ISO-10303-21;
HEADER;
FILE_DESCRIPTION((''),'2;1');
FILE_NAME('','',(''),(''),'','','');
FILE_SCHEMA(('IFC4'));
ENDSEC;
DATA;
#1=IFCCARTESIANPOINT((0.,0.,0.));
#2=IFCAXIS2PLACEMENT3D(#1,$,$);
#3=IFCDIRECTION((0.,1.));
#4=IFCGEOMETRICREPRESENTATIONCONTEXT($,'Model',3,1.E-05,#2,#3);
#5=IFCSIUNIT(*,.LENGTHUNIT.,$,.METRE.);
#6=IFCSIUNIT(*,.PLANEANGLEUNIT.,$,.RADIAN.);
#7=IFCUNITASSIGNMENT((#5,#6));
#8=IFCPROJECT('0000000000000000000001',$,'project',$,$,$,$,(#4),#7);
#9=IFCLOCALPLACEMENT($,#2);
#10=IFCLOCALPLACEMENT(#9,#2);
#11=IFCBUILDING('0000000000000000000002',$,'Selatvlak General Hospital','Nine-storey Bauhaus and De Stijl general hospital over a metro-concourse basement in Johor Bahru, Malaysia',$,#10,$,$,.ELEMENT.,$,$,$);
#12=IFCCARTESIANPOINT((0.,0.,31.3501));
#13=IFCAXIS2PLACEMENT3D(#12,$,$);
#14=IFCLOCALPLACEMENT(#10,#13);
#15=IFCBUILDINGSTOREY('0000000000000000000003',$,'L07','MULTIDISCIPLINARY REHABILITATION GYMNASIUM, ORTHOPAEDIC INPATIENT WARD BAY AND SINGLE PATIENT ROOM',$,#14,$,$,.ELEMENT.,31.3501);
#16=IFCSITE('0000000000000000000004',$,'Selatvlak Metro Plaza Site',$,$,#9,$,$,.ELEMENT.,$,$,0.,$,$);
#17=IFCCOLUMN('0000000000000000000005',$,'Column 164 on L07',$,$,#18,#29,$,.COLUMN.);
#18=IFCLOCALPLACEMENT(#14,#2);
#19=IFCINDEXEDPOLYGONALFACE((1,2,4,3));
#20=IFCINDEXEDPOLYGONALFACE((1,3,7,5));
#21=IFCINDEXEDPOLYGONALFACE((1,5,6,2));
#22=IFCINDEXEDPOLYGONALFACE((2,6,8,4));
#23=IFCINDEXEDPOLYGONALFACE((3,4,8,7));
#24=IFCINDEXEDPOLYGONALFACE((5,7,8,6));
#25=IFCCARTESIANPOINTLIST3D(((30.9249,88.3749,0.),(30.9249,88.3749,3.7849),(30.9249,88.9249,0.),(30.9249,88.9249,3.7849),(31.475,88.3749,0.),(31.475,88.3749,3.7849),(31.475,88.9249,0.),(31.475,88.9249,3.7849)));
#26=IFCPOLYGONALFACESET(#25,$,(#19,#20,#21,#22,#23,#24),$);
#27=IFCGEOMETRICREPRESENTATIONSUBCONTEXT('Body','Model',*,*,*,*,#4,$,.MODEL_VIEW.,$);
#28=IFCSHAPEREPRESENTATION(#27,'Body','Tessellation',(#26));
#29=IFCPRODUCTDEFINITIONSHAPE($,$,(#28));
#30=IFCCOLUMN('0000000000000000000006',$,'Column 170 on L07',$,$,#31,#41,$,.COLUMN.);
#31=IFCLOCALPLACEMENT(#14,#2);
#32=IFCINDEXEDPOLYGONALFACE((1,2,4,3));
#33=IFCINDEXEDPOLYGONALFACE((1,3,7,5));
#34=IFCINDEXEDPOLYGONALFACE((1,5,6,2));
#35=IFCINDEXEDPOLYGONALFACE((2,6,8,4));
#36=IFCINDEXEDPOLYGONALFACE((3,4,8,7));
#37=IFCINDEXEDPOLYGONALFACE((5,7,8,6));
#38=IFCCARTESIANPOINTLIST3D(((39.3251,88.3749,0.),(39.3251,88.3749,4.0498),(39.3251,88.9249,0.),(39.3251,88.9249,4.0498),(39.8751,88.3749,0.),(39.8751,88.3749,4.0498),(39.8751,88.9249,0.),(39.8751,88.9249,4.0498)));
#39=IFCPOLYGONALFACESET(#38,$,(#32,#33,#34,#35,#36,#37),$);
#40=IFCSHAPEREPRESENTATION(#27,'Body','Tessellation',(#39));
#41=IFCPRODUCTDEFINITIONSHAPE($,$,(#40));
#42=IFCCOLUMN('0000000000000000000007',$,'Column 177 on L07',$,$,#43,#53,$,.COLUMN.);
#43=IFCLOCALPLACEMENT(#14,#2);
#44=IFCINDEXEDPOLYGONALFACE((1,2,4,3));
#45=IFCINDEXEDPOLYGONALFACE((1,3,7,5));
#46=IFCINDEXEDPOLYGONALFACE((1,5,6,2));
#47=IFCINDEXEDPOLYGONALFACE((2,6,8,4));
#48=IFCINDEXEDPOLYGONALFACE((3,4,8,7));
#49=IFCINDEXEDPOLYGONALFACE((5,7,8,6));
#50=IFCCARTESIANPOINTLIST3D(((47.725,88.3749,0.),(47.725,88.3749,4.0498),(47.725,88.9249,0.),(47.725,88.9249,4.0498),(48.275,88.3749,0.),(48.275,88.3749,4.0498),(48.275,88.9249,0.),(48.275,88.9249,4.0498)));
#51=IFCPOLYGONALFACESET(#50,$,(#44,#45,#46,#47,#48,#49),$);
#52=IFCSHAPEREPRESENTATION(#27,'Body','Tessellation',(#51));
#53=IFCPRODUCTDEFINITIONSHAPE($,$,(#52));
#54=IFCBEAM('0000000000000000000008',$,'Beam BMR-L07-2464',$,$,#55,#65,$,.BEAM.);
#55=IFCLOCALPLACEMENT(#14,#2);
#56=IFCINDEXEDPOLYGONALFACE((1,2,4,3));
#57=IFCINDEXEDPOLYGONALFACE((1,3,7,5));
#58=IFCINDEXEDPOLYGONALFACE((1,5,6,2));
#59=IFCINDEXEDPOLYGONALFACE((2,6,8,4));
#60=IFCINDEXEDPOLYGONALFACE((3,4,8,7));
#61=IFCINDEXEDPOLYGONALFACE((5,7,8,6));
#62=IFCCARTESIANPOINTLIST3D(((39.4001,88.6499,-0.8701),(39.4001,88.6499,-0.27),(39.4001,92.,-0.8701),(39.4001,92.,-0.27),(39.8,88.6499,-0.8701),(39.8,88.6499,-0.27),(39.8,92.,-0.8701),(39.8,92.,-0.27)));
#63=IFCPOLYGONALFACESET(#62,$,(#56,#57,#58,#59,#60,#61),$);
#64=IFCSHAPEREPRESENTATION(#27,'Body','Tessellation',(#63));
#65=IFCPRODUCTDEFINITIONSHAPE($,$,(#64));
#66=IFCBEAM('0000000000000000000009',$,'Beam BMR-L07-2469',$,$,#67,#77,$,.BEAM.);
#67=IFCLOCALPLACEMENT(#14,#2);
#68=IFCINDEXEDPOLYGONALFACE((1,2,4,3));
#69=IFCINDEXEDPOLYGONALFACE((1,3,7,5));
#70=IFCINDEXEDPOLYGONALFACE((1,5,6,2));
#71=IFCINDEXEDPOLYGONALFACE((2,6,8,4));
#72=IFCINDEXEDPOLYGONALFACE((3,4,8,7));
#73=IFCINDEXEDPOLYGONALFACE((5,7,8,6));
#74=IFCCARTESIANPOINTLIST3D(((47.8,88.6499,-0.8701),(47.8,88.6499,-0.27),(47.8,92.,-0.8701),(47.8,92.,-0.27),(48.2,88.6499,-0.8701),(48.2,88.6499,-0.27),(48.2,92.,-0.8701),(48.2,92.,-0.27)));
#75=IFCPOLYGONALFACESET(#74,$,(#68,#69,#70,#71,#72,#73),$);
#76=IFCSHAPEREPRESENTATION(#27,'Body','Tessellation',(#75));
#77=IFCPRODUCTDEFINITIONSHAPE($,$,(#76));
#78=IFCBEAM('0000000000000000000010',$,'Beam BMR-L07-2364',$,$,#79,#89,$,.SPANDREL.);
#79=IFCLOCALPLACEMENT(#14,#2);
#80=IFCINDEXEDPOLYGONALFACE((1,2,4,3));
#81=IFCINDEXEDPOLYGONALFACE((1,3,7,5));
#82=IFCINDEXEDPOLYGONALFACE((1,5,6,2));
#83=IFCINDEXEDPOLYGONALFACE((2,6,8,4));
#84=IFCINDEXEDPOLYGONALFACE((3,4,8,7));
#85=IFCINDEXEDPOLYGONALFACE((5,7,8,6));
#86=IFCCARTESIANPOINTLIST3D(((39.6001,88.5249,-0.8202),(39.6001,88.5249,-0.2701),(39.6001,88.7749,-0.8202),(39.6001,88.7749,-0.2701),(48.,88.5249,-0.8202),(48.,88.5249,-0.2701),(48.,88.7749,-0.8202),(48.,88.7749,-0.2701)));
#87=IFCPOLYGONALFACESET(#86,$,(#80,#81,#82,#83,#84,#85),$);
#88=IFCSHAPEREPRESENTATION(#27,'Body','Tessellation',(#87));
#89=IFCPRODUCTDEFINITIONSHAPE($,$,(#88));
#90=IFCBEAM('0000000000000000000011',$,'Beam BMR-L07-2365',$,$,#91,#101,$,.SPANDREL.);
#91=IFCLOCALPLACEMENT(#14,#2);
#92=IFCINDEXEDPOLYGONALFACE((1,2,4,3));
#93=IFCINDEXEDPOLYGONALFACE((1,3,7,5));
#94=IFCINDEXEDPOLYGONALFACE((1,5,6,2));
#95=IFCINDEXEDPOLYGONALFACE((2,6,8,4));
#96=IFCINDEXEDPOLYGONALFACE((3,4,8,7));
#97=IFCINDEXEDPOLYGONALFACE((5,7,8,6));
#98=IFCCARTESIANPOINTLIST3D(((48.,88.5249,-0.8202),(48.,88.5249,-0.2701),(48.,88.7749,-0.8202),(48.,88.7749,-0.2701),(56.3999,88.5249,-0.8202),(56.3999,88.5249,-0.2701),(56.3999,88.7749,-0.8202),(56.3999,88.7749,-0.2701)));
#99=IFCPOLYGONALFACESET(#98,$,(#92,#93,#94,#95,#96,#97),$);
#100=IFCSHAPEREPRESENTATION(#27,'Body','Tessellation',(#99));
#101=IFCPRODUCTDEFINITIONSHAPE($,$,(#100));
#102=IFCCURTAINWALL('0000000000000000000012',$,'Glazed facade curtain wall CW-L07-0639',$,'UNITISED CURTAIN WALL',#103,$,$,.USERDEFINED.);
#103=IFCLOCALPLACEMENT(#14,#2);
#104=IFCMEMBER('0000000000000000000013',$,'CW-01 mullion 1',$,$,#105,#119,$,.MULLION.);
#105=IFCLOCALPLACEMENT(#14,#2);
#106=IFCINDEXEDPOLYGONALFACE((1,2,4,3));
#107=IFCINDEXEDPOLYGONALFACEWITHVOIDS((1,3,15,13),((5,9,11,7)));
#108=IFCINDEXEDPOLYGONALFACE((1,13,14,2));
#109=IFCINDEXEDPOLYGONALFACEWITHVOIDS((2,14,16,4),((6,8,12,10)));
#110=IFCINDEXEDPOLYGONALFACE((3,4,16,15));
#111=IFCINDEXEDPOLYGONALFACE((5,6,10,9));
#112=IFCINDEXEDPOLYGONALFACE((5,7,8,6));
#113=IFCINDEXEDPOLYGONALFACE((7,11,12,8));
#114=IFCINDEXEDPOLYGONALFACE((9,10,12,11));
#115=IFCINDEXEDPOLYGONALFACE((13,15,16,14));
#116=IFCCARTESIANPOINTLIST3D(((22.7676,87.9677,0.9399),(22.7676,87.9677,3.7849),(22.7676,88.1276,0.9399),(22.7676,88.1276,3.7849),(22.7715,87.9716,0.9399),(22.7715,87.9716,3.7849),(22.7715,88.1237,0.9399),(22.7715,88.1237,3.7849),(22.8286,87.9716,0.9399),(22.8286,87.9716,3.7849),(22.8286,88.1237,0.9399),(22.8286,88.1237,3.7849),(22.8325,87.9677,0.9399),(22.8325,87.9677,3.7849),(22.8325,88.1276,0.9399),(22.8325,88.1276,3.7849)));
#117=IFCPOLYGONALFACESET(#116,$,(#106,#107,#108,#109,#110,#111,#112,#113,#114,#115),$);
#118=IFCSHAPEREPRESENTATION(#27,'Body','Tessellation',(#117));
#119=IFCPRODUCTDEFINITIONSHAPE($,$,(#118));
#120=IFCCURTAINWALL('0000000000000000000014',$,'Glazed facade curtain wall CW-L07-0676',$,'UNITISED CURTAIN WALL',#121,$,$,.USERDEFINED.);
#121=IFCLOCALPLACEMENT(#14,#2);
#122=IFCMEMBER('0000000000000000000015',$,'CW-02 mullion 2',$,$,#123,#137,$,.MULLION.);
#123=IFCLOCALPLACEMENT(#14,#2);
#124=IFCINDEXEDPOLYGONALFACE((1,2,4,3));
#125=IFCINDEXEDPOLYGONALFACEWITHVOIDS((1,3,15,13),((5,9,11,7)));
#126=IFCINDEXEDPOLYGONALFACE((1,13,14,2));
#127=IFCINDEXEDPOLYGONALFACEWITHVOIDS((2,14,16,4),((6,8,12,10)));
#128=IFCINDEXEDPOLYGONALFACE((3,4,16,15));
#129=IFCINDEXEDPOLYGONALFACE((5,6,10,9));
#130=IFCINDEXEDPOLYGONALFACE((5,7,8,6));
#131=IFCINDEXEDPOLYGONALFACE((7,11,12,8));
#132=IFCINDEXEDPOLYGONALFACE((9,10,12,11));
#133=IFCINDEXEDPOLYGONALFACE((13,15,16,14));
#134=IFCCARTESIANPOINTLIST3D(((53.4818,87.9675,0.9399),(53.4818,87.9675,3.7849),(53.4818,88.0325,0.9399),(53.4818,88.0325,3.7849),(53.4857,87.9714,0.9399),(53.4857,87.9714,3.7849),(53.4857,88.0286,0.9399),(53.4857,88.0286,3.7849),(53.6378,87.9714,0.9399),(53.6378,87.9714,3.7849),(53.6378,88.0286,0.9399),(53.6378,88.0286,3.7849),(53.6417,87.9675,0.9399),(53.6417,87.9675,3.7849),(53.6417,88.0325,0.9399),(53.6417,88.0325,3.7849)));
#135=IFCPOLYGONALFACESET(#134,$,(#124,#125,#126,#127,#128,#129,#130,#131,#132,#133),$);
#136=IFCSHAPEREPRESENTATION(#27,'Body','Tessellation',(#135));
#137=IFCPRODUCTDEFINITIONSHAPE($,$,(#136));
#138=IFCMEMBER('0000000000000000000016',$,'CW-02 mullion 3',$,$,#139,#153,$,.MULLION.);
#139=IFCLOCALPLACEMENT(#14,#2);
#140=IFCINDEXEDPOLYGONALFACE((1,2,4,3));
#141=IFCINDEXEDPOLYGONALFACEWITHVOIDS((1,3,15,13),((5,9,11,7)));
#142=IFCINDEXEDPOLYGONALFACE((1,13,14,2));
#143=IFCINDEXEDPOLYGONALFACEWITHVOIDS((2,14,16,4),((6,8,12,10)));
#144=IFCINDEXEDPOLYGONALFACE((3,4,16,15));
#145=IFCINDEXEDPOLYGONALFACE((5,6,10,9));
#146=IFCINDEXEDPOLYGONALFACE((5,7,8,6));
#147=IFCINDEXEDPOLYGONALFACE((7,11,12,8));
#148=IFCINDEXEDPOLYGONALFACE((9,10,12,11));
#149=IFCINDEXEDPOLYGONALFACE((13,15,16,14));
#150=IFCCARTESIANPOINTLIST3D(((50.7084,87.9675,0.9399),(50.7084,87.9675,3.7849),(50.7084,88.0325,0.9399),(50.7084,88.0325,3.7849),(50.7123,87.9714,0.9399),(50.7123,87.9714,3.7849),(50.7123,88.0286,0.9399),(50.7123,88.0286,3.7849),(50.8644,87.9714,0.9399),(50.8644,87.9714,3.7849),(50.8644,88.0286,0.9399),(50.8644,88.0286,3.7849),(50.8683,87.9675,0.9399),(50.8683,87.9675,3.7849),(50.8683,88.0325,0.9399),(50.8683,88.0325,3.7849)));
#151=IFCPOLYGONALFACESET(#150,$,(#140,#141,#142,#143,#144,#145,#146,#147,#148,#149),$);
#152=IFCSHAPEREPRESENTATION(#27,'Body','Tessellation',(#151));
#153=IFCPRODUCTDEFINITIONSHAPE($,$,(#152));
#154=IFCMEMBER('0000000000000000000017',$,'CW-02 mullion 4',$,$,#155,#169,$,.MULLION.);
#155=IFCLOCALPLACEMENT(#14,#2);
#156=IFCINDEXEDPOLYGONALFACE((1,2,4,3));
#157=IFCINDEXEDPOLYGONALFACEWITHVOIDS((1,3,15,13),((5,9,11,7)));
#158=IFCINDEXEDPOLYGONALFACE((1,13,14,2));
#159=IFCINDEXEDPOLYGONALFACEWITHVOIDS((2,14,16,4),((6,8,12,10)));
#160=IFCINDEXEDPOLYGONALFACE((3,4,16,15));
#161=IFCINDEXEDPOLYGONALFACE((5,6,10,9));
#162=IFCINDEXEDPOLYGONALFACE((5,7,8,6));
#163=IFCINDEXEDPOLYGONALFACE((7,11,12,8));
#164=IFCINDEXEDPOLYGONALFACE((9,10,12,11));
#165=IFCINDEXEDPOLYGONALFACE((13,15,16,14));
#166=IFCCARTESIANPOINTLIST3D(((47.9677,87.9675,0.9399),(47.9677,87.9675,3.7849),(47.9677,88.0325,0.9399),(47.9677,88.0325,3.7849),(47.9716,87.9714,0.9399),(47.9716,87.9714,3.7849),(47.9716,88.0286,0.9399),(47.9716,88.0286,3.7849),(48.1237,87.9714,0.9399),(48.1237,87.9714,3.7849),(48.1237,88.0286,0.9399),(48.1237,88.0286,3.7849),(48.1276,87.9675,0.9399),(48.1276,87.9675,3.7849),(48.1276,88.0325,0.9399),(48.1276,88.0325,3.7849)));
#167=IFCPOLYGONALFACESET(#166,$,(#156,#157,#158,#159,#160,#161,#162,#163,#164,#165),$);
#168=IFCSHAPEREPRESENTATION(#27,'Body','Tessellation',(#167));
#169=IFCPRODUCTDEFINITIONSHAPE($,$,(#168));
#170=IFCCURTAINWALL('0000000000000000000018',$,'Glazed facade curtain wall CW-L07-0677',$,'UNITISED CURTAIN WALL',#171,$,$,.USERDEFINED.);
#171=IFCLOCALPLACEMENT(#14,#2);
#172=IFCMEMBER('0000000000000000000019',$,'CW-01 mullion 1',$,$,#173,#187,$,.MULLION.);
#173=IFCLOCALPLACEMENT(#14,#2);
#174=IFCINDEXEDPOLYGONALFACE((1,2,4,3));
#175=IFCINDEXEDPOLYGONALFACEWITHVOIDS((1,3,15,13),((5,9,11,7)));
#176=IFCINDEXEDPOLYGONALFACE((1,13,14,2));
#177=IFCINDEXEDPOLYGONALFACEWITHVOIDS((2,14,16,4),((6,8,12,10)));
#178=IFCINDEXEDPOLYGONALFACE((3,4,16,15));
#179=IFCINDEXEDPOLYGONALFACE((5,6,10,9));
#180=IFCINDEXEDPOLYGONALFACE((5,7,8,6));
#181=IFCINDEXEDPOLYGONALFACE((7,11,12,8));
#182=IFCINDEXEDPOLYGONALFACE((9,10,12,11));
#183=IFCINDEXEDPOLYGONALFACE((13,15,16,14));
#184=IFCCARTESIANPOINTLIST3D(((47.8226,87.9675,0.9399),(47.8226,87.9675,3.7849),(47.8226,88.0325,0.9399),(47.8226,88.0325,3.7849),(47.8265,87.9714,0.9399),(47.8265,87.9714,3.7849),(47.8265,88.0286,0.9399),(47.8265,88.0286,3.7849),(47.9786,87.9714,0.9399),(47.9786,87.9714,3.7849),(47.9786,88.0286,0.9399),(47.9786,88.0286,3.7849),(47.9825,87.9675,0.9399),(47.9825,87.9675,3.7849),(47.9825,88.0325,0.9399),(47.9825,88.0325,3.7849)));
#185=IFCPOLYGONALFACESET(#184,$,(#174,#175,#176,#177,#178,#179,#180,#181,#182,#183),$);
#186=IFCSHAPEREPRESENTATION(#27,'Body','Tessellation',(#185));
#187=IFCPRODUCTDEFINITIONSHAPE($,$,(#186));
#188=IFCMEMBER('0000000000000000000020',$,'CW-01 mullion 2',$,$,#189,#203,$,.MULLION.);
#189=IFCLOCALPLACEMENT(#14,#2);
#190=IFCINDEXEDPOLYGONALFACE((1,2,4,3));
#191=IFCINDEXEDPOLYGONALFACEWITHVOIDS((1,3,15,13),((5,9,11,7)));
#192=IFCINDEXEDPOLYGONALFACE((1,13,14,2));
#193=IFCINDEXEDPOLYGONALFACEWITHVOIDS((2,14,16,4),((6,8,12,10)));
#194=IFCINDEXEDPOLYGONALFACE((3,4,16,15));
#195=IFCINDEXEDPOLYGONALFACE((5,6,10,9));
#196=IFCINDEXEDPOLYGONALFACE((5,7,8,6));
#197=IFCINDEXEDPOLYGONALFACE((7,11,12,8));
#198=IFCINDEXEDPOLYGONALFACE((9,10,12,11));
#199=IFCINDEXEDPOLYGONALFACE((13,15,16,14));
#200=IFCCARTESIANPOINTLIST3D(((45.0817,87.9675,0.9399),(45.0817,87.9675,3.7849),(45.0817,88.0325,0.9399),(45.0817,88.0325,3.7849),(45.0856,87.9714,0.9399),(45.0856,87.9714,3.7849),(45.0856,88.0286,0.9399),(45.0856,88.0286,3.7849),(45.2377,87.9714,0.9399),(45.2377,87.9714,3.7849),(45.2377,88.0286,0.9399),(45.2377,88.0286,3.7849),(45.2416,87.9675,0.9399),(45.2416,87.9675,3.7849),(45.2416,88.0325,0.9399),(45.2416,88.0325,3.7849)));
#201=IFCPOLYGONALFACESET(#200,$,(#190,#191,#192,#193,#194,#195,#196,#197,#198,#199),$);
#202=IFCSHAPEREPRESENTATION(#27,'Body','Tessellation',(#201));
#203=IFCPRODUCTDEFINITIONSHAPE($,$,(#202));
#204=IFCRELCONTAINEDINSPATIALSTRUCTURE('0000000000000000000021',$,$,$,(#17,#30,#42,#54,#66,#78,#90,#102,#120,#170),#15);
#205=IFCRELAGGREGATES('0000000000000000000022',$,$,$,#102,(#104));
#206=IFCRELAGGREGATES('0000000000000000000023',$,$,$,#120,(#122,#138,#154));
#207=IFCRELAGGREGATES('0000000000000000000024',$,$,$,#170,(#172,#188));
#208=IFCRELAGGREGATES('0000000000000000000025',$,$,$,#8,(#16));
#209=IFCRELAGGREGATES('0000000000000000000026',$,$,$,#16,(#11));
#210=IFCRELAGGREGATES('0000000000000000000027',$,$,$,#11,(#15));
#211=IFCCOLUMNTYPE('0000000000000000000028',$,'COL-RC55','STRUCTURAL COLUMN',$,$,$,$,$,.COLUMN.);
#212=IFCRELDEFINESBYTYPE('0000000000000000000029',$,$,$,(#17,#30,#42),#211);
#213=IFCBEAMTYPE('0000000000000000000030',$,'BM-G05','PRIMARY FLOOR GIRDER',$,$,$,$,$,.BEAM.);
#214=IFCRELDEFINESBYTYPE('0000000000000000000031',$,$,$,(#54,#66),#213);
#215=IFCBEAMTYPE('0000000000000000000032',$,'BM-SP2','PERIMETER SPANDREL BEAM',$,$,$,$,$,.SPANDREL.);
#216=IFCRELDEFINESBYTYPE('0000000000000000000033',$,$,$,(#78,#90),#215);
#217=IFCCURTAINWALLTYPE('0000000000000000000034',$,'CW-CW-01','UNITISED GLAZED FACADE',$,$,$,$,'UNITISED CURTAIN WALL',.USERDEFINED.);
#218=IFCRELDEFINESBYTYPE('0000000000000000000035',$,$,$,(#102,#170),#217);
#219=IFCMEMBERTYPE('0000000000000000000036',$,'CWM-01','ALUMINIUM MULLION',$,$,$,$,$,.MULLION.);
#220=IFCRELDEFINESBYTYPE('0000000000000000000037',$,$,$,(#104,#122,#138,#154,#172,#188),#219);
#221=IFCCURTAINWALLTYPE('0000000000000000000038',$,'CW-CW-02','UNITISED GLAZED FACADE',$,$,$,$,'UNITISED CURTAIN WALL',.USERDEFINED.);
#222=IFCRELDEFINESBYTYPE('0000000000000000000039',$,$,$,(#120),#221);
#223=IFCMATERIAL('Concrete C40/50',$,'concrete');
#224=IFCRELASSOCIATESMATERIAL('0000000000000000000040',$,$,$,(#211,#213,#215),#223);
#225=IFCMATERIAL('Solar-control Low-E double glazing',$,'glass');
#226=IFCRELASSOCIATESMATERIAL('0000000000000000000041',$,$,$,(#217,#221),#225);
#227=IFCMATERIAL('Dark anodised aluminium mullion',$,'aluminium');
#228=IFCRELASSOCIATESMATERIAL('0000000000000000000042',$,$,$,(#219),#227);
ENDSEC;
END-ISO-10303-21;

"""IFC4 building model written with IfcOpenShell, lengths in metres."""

from ifc_helpers import new_model, si_unit, direction, frame, origin, origin_2d, place, context, subcontext, project, spatial, rectangle, hollow_rectangle, extrude, material, material_profile, profile_set, type_object, element, aggregate, save


model = new_model("IFC4")

# Units and contexts
model_context = context("Model", 3, precision=1e-05, world=origin(), true_north=direction((0.0, 1.0)))
body_context = subcontext(model_context, "Body", "Model", "MODEL_VIEW")
ifc_project = project(units=[si_unit("LENGTHUNIT", "METRE"), si_unit("PLANEANGLEUNIT", "RADIAN")], contexts=[model_context])

# Site, building, storey
site_placement = place(None, origin())
site = spatial("IfcSite", under=ifc_project, at=site_placement, Name="Selatvlak Metro Plaza Site", CompositionType="ELEMENT", RefElevation=0.0)
building_placement = place(site_placement, origin())
building = spatial("IfcBuilding", under=site, at=building_placement, Name="Selatvlak General Hospital", Description="Nine-storey Bauhaus and De Stijl general hospital over a metro-concourse basement in Johor Bahru, Malaysia", CompositionType="ELEMENT")
storey_placement = place(building_placement, frame((0.0, 0.0, 31.3501)))
storey = spatial("IfcBuildingStorey", under=building, at=storey_placement, Name="L07", Description="MULTIDISCIPLINARY REHABILITATION GYMNASIUM, ORTHOPAEDIC INPATIENT WARD BAY AND SINGLE PATIENT ROOM", CompositionType="ELEMENT", Elevation=31.3501)

# Columns
ifc_material_1 = material(Name="Concrete C40/50", Category="concrete")
ifc_material_profile_1 = material_profile(ifc_material_1, rectangle(XDim=0.55, YDim=0.55, at=origin_2d()), Name="RC-COL 550x550")
ifc_profile_set_1 = profile_set([ifc_material_profile_1], Name="Concrete C40/50")
column_type = type_object("IfcColumnType", Name="COL-RC55", Description="STRUCTURAL COLUMN", PredefinedType="COLUMN", material=ifc_profile_set_1)
column_placement = place(storey_placement, frame((31.2, 88.6499, 0.0), z_axis=(0.0, 0.0, 1.0), x_axis=(1.0, 0.0, 0.0)))
element("IfcColumn", 1, at=column_placement, inside=storey, type_object=column_type, Name="Column 164 on L07", PredefinedType="COLUMN", context=body_context, shape_type="SweptSolid", body=[
    extrude(rectangle(XDim=0.55, YDim=0.55, at=origin_2d()), origin(), (0.0, 0.0, 1.0), 3.7849),
])
for number, where, z_axis, x_axis, name in (
    (2, (39.6001, 88.6499, 0.0), (0.0, 0.0, 1.0), (1.0, 0.0, 0.0), "Column 170 on L07"),
    (3, (48.0, 88.6499, 0.0), (0.0, 0.0, 1.0), (1.0, 0.0, 0.0), "Column 177 on L07"),
):
    element("IfcColumn", number, at=place(storey_placement, frame(where, z_axis=z_axis, x_axis=x_axis)), inside=storey, type_object=column_type, Name=name, PredefinedType="COLUMN", context=body_context, shape_type="SweptSolid", body=[
        extrude(rectangle(XDim=0.55, YDim=0.55, at=origin_2d()), origin(), (0.0, 0.0, 1.0), 4.0498),
    ])

# Beams
ifc_material_profile_2 = material_profile(ifc_material_1, rectangle(XDim=0.3999, YDim=0.6001, at=origin_2d()), Name="RC-BM 400x600")
ifc_profile_set_2 = profile_set([ifc_material_profile_2], Name="Concrete C40/50")
beam_type_1 = type_object("IfcBeamType", Name="BM-G05", Description="PRIMARY FLOOR GIRDER", PredefinedType="BEAM", material=ifc_profile_set_2)
for number, where, z_axis, x_axis, name in (
    (4, (39.6001, 88.6499, -0.5701), (0.0, 1.0, 0.0), (-1.0, 0.0, 0.0), "Beam BMR-L07-2464"),
    (5, (48.0, 88.6499, -0.5701), (0.0, 1.0, 0.0), (-1.0, 0.0, 0.0), "Beam BMR-L07-2469"),
):
    element("IfcBeam", number, at=place(storey_placement, frame(where, z_axis=z_axis, x_axis=x_axis)), inside=storey, type_object=beam_type_1, Name=name, PredefinedType="BEAM", context=body_context, shape_type="SweptSolid", body=[
        extrude(rectangle(XDim=0.3999, YDim=0.6001, at=origin_2d()), origin(), (0.0, 0.0, 1.0), 3.3501),
    ])
ifc_material_profile_3 = material_profile(ifc_material_1, rectangle(XDim=0.25, YDim=0.55, at=origin_2d()), Name="RC-SP 250x550")
ifc_profile_set_3 = profile_set([ifc_material_profile_3], Name="Concrete C40/50")
beam_type_2 = type_object("IfcBeamType", Name="BM-SP2", Description="PERIMETER SPANDREL BEAM", PredefinedType="SPANDREL", material=ifc_profile_set_3)
for number, where, z_axis, x_axis, name in (
    (6, (39.6001, 88.6499, -0.5452), (1.0, 0.0, 0.0), (0.0, 1.0, 0.0), "Beam BMR-L07-2364"),
    (7, (48.0, 88.6499, -0.5452), (1.0, 0.0, 0.0), (0.0, 1.0, 0.0), "Beam BMR-L07-2365"),
):
    element("IfcBeam", number, at=place(storey_placement, frame(where, z_axis=z_axis, x_axis=x_axis)), inside=storey, type_object=beam_type_2, Name=name, PredefinedType="SPANDREL", context=body_context, shape_type="SweptSolid", body=[
        extrude(rectangle(XDim=0.25, YDim=0.55, at=origin_2d()), origin(), (0.0, 0.0, 1.0), 8.3999),
    ])

# Curtain wall, member
ifc_material_2 = material(Name="Solar-control Low-E double glazing", Category="glass")
curtain_wall_type_1 = type_object("IfcCurtainWallType", Name="CW-CW-01", Description="UNITISED GLAZED FACADE", ElementType="UNITISED CURTAIN WALL", PredefinedType="USERDEFINED", material=ifc_material_2)
curtain_wall_1_placement = place(storey_placement, origin())
curtain_wall_1 = element("IfcCurtainWall", 8, at=curtain_wall_1_placement, inside=storey, type_object=curtain_wall_type_1, Name="Glazed facade curtain wall CW-L07-0639", ObjectType="UNITISED CURTAIN WALL", PredefinedType="USERDEFINED")
ifc_material_3 = material(Name="Dark anodised aluminium mullion", Category="aluminium")
ifc_material_profile_4 = material_profile(ifc_material_3, hollow_rectangle(XDim=0.0649, YDim=0.1599, WallThickness=0.0039, at=origin_2d()), Name="AL-MUL 65x160x4")
ifc_profile_set_4 = profile_set([ifc_material_profile_4], Name="Dark anodised aluminium mullion")
member_type_1 = type_object("IfcMemberType", Name="CWM-01", Description="ALUMINIUM MULLION", PredefinedType="MULLION", material=ifc_profile_set_4)
member_1_placement = place(storey_placement, frame((22.8, 88.0476, 0.9399), z_axis=(0.0, 0.0, 1.0), x_axis=(-1.0, 0.0, 0.0)))
member_1 = element("IfcMember", 9, at=member_1_placement, type_object=member_type_1, Name="CW-01 mullion 1", PredefinedType="MULLION", context=body_context, shape_type="SweptSolid", body=[
    extrude(hollow_rectangle(XDim=0.0649, YDim=0.1599, WallThickness=0.0039, at=origin_2d()), origin(), (0.0, 0.0, 1.0), 2.845),
])

# Curtain walls, members
curtain_wall_type_2 = type_object("IfcCurtainWallType", Name="CW-CW-02", Description="UNITISED GLAZED FACADE", ElementType="UNITISED CURTAIN WALL", PredefinedType="USERDEFINED", material=ifc_material_2)
curtain_wall_2_placement = place(storey_placement, origin())
curtain_wall_2 = element("IfcCurtainWall", 10, at=curtain_wall_2_placement, inside=storey, type_object=curtain_wall_type_2, Name="Glazed facade curtain wall CW-L07-0676", ObjectType="UNITISED CURTAIN WALL", PredefinedType="USERDEFINED")
member_2_placement = place(storey_placement, frame((53.5618, 88.0, 0.9399), z_axis=(0.0, 0.0, 1.0), x_axis=(0.0, -1.0, 0.0)))
member_2 = element("IfcMember", 11, at=member_2_placement, type_object=member_type_1, Name="CW-02 mullion 2", PredefinedType="MULLION", context=body_context, shape_type="SweptSolid", body=[
    extrude(hollow_rectangle(XDim=0.0649, YDim=0.1599, WallThickness=0.0039, at=origin_2d()), origin(), (0.0, 0.0, 1.0), 2.845),
])
member_3_placement = place(storey_placement, frame((50.7883, 88.0, 0.9399), z_axis=(0.0, 0.0, 1.0), x_axis=(0.0, -1.0, 0.0)))
member_3 = element("IfcMember", 12, at=member_3_placement, type_object=member_type_1, Name="CW-02 mullion 3", PredefinedType="MULLION", context=body_context, shape_type="SweptSolid", body=[
    extrude(hollow_rectangle(XDim=0.0649, YDim=0.1599, WallThickness=0.0039, at=origin_2d()), origin(), (0.0, 0.0, 1.0), 2.845),
])
member_4_placement = place(storey_placement, frame((48.0476, 88.0, 0.9399), z_axis=(0.0, 0.0, 1.0), x_axis=(0.0, -1.0, 0.0)))
member_4 = element("IfcMember", 13, at=member_4_placement, type_object=member_type_1, Name="CW-02 mullion 4", PredefinedType="MULLION", context=body_context, shape_type="SweptSolid", body=[
    extrude(hollow_rectangle(XDim=0.0649, YDim=0.1599, WallThickness=0.0039, at=origin_2d()), origin(), (0.0, 0.0, 1.0), 2.845),
])
curtain_wall_3_placement = place(storey_placement, origin())
curtain_wall_3 = element("IfcCurtainWall", 14, at=curtain_wall_3_placement, inside=storey, type_object=curtain_wall_type_1, Name="Glazed facade curtain wall CW-L07-0677", ObjectType="UNITISED CURTAIN WALL", PredefinedType="USERDEFINED")
member_5_placement = place(storey_placement, frame((47.9026, 88.0, 0.9399), z_axis=(0.0, 0.0, 1.0), x_axis=(0.0, -1.0, 0.0)))
member_5 = element("IfcMember", 15, at=member_5_placement, type_object=member_type_1, Name="CW-01 mullion 1", PredefinedType="MULLION", context=body_context, shape_type="SweptSolid", body=[
    extrude(hollow_rectangle(XDim=0.0649, YDim=0.1599, WallThickness=0.0039, at=origin_2d()), origin(), (0.0, 0.0, 1.0), 2.845),
])
member_6_placement = place(storey_placement, frame((45.1616, 88.0, 0.9399), z_axis=(0.0, 0.0, 1.0), x_axis=(0.0, -1.0, 0.0)))
member_6 = element("IfcMember", 16, at=member_6_placement, type_object=member_type_1, Name="CW-01 mullion 2", PredefinedType="MULLION", context=body_context, shape_type="SweptSolid", body=[
    extrude(hollow_rectangle(XDim=0.0649, YDim=0.1599, WallThickness=0.0039, at=origin_2d()), origin(), (0.0, 0.0, 1.0), 2.845),
])

aggregate(curtain_wall_1, [member_1])

aggregate(curtain_wall_2, [member_2, member_3, member_4])
aggregate(curtain_wall_3, [member_5, member_6])

save(model, "model.ifc")
